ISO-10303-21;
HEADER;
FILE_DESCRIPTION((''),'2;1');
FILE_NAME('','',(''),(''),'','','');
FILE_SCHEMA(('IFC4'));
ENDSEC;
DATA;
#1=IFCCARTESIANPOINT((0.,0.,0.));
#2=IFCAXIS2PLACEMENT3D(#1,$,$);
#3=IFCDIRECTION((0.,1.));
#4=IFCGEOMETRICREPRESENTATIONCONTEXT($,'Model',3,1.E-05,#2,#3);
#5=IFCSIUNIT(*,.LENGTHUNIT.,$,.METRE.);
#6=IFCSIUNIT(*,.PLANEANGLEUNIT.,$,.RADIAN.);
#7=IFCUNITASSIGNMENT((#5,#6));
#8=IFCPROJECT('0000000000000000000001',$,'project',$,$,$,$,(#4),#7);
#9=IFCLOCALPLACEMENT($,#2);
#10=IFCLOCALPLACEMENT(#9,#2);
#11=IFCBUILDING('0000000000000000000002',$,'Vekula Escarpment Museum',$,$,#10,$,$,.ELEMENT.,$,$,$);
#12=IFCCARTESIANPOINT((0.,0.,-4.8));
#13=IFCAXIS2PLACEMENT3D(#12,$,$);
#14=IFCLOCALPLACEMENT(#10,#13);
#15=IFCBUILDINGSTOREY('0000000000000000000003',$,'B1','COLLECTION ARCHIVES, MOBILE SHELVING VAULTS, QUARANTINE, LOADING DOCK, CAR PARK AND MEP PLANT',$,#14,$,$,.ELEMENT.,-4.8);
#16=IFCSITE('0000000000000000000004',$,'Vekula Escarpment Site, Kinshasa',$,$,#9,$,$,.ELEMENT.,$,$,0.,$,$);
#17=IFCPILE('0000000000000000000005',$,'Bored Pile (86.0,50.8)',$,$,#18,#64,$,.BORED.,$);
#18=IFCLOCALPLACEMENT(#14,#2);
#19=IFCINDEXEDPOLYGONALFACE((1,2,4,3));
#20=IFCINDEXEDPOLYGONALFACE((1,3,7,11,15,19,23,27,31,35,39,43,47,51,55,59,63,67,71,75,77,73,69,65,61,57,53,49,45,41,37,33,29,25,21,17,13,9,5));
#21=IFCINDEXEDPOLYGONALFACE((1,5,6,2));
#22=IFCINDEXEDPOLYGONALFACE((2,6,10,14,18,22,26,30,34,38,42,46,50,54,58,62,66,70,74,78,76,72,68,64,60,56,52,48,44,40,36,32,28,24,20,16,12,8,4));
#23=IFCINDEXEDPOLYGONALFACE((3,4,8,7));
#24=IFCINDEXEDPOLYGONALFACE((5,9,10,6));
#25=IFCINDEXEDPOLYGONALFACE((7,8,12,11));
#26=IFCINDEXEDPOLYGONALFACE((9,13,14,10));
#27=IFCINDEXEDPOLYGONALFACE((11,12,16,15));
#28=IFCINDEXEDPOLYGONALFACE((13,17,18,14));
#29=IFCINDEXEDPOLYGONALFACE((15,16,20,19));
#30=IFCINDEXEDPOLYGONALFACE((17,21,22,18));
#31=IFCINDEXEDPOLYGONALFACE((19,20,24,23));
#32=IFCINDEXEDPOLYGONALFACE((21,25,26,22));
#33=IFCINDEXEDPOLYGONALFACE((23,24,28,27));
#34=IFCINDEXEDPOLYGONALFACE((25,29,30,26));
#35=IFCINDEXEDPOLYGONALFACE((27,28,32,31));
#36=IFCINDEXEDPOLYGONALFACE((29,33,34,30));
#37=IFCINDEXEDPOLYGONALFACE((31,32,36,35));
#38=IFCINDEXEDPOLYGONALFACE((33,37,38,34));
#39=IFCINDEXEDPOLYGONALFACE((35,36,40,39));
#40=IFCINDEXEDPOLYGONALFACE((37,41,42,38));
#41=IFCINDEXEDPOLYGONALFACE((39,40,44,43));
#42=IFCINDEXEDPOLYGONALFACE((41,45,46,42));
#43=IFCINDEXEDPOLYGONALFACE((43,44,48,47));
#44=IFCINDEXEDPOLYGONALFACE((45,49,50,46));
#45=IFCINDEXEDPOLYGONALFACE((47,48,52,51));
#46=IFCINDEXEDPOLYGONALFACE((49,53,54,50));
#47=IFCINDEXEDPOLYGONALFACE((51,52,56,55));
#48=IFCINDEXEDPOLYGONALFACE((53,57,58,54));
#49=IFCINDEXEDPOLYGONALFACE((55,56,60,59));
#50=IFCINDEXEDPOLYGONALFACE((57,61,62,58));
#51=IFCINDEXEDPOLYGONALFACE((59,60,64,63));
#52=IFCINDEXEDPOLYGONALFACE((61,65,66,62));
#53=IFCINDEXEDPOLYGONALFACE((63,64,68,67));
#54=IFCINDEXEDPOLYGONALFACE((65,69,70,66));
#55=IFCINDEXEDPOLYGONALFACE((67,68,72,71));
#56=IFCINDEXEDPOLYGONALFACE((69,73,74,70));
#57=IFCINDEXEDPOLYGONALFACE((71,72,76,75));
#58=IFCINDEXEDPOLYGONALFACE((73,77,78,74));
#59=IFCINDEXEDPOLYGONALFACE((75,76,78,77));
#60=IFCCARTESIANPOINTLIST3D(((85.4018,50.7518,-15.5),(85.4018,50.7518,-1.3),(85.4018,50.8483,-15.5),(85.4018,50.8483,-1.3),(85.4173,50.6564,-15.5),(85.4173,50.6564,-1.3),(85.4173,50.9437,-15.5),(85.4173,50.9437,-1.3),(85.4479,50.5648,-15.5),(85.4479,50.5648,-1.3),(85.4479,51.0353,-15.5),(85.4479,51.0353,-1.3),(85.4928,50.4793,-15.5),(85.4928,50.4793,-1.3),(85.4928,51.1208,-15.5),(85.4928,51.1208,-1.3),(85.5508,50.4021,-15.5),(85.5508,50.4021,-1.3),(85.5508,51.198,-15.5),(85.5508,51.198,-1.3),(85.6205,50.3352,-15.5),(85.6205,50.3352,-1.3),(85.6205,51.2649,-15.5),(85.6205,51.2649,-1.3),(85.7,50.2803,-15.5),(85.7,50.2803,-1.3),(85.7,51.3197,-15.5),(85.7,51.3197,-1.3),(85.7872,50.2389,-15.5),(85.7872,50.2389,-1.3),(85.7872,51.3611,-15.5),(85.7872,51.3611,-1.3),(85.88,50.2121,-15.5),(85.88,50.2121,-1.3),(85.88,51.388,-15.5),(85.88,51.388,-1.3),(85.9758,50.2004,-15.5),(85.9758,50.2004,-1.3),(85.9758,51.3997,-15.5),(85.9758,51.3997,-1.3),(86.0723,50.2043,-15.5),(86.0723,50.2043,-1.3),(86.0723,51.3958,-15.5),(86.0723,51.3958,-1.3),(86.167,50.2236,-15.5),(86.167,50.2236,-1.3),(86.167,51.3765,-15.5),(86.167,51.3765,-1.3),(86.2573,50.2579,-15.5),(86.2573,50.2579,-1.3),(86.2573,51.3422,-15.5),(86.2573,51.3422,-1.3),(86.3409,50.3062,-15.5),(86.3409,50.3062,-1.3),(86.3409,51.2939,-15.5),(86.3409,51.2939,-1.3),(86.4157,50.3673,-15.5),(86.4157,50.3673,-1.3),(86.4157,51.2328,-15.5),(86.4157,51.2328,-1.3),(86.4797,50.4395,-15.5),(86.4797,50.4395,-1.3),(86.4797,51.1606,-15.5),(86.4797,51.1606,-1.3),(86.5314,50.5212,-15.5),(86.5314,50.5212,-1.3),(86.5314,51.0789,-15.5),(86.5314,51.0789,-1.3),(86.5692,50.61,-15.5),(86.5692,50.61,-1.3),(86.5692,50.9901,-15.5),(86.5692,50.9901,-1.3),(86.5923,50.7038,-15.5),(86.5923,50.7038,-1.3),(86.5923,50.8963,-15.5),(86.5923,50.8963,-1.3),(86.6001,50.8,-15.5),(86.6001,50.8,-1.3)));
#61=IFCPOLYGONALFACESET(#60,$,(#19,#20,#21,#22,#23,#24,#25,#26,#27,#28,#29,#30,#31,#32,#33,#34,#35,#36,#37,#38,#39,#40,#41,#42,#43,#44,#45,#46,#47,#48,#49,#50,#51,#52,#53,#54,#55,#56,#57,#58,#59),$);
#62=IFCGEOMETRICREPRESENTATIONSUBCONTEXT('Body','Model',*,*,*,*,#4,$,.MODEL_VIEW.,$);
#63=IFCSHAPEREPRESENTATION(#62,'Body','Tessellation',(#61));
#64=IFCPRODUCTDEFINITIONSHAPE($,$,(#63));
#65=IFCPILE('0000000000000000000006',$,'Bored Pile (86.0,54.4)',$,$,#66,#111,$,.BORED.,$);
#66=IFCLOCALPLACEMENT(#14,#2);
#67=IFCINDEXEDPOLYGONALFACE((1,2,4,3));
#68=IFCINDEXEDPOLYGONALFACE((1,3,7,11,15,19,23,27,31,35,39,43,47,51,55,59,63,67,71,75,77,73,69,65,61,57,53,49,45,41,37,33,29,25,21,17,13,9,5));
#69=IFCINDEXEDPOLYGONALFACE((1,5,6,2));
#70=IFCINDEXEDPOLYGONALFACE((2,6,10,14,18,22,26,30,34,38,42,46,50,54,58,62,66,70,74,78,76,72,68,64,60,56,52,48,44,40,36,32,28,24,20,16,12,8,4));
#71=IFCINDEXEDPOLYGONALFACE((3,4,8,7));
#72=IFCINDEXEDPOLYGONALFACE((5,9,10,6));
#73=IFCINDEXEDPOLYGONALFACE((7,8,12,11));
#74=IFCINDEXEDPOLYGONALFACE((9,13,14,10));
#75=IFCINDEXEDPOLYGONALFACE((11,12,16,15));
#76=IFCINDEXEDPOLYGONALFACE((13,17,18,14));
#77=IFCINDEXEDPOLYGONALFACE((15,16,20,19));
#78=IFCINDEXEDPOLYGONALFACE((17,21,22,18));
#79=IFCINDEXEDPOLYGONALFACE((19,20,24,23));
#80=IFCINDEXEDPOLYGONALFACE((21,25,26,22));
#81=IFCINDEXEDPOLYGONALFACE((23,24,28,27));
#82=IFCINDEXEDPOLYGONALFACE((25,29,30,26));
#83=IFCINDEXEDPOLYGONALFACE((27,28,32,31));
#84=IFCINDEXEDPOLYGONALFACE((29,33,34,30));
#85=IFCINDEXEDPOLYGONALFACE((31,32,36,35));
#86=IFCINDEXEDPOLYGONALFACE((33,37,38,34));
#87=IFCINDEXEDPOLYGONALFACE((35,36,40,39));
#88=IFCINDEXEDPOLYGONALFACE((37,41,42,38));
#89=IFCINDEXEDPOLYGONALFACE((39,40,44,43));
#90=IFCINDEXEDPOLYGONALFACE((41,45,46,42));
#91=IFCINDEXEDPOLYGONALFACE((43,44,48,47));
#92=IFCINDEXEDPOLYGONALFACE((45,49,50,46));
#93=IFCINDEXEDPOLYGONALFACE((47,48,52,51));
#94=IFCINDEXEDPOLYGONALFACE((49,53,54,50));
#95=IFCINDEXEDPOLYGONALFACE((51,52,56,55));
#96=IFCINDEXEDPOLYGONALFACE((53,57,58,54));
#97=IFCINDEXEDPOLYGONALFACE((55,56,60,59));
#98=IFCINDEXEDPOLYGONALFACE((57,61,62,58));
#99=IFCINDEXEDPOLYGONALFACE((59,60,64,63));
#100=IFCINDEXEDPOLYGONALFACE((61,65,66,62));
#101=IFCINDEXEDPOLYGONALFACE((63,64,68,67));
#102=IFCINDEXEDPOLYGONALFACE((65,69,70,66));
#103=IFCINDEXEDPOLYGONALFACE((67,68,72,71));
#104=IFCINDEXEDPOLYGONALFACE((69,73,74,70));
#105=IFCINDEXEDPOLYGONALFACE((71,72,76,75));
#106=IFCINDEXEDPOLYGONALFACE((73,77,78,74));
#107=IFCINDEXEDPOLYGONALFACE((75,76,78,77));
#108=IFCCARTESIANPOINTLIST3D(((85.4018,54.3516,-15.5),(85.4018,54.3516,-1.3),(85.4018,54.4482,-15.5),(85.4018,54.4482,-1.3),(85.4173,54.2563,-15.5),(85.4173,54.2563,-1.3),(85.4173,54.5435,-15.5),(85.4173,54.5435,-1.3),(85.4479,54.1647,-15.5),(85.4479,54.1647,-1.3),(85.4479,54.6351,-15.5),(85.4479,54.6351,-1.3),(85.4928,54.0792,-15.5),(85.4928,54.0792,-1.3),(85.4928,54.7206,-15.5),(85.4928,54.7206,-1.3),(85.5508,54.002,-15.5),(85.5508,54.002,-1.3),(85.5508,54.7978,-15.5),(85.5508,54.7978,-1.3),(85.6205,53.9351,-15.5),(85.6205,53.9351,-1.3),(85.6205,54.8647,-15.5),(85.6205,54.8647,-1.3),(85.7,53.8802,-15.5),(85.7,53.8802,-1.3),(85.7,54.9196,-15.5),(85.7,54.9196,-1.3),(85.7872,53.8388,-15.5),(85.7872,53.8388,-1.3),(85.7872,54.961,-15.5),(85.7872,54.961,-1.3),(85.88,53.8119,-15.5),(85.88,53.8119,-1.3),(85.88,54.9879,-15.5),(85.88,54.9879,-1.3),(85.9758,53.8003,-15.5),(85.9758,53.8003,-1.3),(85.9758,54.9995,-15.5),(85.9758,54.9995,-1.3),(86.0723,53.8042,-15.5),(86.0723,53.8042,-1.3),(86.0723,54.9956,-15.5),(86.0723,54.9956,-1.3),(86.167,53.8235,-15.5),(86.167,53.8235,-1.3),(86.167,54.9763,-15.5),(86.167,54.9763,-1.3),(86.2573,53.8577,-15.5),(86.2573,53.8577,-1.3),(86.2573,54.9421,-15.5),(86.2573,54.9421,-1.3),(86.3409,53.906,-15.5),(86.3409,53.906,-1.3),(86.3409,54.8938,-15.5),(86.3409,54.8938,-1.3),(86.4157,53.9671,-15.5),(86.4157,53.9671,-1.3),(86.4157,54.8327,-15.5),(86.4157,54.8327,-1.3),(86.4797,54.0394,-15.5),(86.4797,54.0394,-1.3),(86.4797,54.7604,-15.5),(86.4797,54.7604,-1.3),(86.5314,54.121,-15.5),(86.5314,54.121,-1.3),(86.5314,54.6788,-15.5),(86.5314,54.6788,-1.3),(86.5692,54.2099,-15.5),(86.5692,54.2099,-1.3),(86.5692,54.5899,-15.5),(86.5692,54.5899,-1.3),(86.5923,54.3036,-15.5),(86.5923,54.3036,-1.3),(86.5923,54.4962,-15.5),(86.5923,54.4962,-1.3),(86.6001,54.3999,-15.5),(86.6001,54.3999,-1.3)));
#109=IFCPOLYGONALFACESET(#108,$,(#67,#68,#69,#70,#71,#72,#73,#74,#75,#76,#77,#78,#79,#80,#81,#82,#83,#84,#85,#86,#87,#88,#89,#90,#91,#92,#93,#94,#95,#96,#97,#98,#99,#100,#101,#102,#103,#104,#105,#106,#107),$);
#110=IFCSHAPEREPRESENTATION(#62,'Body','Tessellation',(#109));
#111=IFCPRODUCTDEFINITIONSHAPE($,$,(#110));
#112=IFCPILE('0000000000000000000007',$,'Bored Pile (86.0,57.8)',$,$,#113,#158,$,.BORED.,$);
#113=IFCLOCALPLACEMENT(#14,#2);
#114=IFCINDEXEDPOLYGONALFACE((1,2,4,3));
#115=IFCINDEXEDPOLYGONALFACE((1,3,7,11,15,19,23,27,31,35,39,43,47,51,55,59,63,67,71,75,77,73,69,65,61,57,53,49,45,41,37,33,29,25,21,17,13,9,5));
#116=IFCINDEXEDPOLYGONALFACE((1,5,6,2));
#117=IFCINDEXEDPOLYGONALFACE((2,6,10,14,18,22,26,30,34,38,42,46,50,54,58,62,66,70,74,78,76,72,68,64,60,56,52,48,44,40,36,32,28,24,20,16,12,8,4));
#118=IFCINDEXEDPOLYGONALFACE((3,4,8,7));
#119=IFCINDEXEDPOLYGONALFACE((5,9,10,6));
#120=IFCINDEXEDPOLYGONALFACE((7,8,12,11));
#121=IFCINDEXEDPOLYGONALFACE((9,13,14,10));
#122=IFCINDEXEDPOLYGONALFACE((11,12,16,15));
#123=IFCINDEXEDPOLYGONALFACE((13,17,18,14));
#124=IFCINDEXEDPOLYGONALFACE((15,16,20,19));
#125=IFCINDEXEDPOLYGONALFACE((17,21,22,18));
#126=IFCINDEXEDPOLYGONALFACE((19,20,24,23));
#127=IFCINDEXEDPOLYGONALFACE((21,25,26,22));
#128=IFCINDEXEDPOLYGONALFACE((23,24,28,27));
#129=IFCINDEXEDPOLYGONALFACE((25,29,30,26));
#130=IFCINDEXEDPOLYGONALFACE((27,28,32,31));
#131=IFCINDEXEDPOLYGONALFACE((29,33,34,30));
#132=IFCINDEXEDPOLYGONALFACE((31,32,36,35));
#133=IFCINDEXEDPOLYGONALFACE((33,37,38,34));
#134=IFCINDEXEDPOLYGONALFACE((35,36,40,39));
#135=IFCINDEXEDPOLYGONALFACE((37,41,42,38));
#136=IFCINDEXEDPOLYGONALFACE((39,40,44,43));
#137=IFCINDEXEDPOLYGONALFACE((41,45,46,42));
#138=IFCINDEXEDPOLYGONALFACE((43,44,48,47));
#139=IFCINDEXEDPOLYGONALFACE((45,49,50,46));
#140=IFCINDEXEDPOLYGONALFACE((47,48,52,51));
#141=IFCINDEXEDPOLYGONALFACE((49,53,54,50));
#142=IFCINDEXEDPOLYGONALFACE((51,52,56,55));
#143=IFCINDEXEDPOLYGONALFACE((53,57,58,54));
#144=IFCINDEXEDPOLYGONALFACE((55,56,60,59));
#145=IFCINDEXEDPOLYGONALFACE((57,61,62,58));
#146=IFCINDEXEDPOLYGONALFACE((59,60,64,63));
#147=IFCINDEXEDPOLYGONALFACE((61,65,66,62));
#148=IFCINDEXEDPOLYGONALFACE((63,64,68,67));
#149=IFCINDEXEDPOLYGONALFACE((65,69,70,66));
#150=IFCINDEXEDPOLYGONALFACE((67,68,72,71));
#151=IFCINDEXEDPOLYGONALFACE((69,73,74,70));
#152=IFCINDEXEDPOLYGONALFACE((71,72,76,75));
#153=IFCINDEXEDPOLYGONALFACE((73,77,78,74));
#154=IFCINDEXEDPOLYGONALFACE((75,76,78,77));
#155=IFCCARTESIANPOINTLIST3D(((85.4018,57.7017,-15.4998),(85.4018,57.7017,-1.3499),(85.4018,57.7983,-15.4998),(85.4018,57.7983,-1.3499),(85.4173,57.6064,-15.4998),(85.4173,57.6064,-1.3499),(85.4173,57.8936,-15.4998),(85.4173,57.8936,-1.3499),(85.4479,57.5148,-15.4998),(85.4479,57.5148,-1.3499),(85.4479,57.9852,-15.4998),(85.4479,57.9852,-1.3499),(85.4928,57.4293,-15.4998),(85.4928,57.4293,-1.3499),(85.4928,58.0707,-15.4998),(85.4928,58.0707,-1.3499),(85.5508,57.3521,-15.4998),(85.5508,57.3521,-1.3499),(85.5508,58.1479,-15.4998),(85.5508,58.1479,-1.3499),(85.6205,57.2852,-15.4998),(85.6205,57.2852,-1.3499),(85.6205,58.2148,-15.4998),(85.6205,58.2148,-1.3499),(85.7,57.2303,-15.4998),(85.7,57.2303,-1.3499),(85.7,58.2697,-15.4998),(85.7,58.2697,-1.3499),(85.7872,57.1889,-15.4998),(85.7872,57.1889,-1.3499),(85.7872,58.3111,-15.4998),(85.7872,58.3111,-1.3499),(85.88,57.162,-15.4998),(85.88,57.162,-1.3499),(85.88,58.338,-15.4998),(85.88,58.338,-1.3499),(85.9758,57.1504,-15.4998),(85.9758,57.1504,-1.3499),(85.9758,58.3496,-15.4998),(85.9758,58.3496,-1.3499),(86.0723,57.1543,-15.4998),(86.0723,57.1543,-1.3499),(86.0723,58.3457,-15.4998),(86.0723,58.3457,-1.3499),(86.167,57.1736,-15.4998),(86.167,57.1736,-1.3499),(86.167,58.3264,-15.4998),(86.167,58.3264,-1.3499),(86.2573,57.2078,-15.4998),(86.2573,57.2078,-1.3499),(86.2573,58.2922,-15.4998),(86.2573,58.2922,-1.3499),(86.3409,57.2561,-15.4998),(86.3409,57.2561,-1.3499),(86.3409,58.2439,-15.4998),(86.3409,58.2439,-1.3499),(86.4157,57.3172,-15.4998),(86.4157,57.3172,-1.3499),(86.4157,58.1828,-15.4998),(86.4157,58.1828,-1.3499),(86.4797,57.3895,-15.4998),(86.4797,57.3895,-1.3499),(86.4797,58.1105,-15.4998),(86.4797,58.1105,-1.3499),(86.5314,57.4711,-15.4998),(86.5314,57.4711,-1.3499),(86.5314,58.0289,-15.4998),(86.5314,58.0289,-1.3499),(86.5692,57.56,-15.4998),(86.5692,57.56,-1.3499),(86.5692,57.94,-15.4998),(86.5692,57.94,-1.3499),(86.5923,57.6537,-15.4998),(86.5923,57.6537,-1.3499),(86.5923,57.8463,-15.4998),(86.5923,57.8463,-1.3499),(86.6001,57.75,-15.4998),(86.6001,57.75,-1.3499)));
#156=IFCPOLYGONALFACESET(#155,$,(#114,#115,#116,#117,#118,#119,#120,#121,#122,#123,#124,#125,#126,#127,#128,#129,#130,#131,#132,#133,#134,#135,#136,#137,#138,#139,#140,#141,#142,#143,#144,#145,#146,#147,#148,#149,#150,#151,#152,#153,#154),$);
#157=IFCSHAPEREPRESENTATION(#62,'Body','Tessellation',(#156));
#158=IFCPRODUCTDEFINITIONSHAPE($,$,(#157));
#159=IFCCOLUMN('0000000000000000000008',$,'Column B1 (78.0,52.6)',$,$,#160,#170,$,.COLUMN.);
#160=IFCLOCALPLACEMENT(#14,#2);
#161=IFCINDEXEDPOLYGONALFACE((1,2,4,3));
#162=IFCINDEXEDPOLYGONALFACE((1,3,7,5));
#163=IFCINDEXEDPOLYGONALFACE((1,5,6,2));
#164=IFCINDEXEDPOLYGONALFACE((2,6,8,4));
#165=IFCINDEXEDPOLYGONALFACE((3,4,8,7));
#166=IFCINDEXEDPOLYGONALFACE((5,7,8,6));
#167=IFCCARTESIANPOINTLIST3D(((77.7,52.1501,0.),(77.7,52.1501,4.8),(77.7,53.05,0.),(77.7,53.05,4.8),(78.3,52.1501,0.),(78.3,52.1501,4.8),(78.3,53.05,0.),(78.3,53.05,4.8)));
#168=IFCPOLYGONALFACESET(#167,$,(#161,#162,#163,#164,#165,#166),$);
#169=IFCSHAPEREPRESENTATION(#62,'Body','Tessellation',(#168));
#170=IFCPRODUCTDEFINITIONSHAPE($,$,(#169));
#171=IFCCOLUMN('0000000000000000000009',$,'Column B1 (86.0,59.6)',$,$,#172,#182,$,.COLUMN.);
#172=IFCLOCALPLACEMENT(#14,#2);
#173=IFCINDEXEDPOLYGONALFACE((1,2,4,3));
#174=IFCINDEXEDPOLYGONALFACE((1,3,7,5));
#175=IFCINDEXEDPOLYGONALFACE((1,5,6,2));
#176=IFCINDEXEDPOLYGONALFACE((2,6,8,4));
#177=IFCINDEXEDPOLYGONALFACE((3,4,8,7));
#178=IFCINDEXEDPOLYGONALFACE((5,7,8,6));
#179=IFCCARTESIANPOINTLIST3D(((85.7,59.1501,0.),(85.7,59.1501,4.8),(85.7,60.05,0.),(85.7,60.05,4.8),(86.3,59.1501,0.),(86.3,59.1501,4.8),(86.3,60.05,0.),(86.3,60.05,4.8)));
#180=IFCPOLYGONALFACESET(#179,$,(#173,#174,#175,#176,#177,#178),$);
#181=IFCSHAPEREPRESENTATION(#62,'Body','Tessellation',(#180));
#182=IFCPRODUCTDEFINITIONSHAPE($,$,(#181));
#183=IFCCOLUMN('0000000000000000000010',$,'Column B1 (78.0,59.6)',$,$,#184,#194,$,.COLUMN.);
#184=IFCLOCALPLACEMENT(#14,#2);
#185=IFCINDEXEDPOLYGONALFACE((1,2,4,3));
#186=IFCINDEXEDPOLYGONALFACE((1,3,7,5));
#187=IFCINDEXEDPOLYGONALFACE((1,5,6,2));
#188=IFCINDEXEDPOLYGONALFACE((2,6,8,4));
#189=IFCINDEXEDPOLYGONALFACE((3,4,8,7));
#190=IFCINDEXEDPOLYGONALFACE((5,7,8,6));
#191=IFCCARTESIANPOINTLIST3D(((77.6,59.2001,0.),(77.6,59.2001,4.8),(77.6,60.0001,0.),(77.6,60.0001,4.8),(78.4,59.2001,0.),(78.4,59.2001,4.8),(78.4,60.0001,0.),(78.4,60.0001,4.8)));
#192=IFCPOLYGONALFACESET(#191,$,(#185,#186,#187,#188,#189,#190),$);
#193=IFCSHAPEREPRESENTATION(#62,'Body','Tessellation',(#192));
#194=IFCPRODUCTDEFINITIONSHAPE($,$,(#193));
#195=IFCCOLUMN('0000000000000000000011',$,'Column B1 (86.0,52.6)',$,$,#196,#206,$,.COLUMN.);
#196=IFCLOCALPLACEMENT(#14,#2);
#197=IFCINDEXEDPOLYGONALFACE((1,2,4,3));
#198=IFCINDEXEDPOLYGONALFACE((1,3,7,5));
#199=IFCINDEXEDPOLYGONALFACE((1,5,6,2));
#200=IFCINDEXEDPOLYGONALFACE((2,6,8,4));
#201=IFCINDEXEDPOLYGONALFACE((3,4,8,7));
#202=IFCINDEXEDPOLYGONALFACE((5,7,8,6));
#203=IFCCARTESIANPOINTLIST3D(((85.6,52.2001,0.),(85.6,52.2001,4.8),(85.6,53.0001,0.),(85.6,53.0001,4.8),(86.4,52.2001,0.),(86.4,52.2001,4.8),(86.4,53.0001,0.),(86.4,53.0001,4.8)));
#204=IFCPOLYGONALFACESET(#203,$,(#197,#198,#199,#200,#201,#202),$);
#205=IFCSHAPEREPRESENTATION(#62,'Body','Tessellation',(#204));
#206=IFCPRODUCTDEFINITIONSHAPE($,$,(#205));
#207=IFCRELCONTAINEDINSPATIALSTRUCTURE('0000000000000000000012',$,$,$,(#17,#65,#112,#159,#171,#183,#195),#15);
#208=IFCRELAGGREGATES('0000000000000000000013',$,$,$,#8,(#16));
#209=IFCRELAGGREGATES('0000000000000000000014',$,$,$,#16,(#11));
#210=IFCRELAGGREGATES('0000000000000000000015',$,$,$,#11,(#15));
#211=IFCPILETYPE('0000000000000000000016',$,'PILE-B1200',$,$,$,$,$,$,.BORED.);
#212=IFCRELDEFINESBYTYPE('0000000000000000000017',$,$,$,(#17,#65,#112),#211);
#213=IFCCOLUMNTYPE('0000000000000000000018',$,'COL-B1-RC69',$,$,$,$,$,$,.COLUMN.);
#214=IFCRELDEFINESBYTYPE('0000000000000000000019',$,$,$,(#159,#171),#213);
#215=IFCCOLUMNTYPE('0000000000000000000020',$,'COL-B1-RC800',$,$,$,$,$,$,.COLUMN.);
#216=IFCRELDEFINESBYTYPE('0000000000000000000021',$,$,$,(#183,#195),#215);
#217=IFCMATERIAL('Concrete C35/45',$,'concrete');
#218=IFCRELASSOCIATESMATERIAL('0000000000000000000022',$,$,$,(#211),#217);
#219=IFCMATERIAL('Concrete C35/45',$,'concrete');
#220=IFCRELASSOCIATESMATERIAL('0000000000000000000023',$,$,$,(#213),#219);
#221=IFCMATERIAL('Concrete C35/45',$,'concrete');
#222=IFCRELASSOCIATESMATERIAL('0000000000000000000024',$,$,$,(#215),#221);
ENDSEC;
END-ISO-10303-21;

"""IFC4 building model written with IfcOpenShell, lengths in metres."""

from ifc_helpers import new_model, si_unit, direction, frame, origin, origin_2d, place, context, subcontext, project, spatial, rectangle, circle, extrude, material, material_profile, profile_set, type_object, element, save


model = new_model("IFC4")

# Units and contexts
model_context = context("Model", 3, precision=1e-05, world=origin(), true_north=direction((0.0, 1.0)))
body_context = subcontext(model_context, "Body", "Model", "MODEL_VIEW")
ifc_project = project(units=[si_unit("LENGTHUNIT", "METRE"), si_unit("PLANEANGLEUNIT", "RADIAN")], contexts=[model_context])

# Site, building, storey
site_placement = place(None, origin())
site = spatial("IfcSite", under=ifc_project, at=site_placement, Name="Vekula Escarpment Site, Kinshasa", CompositionType="ELEMENT", RefElevation=0.0)
building_placement = place(site_placement, origin())
building = spatial("IfcBuilding", under=site, at=building_placement, Name="Vekula Escarpment Museum", CompositionType="ELEMENT")
storey_placement = place(building_placement, frame((0.0, 0.0, -4.8)))
storey = spatial("IfcBuildingStorey", under=building, at=storey_placement, Name="B1", Description="COLLECTION ARCHIVES, MOBILE SHELVING VAULTS, QUARANTINE, LOADING DOCK, CAR PARK AND MEP PLANT", CompositionType="ELEMENT", Elevation=-4.8)

# Piles
ifc_material_1 = material(Name="Concrete C35/45", Category="concrete")
ifc_material_profile_1 = material_profile(ifc_material_1, circle(Radius=0.6001, at=origin_2d()), Name="BORED PILE 1200")
ifc_profile_set_1 = profile_set([ifc_material_profile_1], Name="Concrete C35/45")
pile_type = type_object("IfcPileType", Name="PILE-B1200", PredefinedType="BORED", material=ifc_profile_set_1)
for number, where, z_axis, x_axis, name in (
    (1, (86.0, 50.8, -1.3), (0.0, 0.0, -1.0), (1.0, 0.0, 0.0), "Bored Pile (86.0,50.8)"),
    (2, (86.0, 54.3999, -1.3), (0.0, 0.0, -1.0), (1.0, 0.0, 0.0), "Bored Pile (86.0,54.4)"),
):
    element("IfcPile", number, at=place(storey_placement, frame(where, z_axis=z_axis, x_axis=x_axis)), inside=storey, type_object=pile_type, Name=name, PredefinedType="BORED", context=body_context, shape_type="SweptSolid", body=[
        extrude(circle(Radius=0.6001, at=origin_2d()), origin(), (0.0, 0.0, 1.0), 14.2),
    ])
pile_1_placement = place(storey_placement, frame((86.0, 57.75, -1.3499), z_axis=(0.0, 0.0, -1.0), x_axis=(1.0, 0.0, 0.0)))
element("IfcPile", 3, at=pile_1_placement, inside=storey, type_object=pile_type, Name="Bored Pile (86.0,57.8)", PredefinedType="BORED", context=body_context, shape_type="SweptSolid", body=[
    extrude(circle(Radius=0.6001, at=origin_2d()), origin(), (0.0, 0.0, 1.0), 14.1499),
])

# Columns
ifc_material_2 = material(Name="Concrete C35/45", Category="concrete")
ifc_material_profile_2 = material_profile(ifc_material_2, rectangle(XDim=0.6001, YDim=0.8999, at=origin_2d()), Name="RC 600x900")
ifc_profile_set_2 = profile_set([ifc_material_profile_2], Name="Concrete C35/45")
column_type_1 = type_object("IfcColumnType", Name="COL-B1-RC69", PredefinedType="COLUMN", material=ifc_profile_set_2)
for number, where, z_axis, x_axis, name in (
    (4, (78.0, 52.6001, 0.0), (0.0, 0.0, 1.0), (1.0, 0.0, 0.0), "Column B1 (78.0,52.6)"),
    (5, (86.0, 59.6001, 0.0), (0.0, 0.0, 1.0), (1.0, 0.0, 0.0), "Column B1 (86.0,59.6)"),
):
    element("IfcColumn", number, at=place(storey_placement, frame(where, z_axis=z_axis, x_axis=x_axis)), inside=storey, type_object=column_type_1, Name=name, PredefinedType="COLUMN", context=body_context, shape_type="SweptSolid", body=[
        extrude(rectangle(XDim=0.6001, YDim=0.8999, at=origin_2d()), origin(), (0.0, 0.0, 1.0), 4.8),
    ])
ifc_material_3 = material(Name="Concrete C35/45", Category="concrete")
ifc_material_profile_3 = material_profile(ifc_material_3, rectangle(XDim=0.8, YDim=0.8, at=origin_2d()), Name="RC 800x800")
ifc_profile_set_3 = profile_set([ifc_material_profile_3], Name="Concrete C35/45")
column_type_2 = type_object("IfcColumnType", Name="COL-B1-RC800", PredefinedType="COLUMN", material=ifc_profile_set_3)
for number, where, z_axis, x_axis, name in (
    (6, (78.0, 59.6001, 0.0), (0.0, 0.0, 1.0), (1.0, 0.0, 0.0), "Column B1 (78.0,59.6)"),
    (7, (86.0, 52.6001, 0.0), (0.0, 0.0, 1.0), (1.0, 0.0, 0.0), "Column B1 (86.0,52.6)"),
):
    element("IfcColumn", number, at=place(storey_placement, frame(where, z_axis=z_axis, x_axis=x_axis)), inside=storey, type_object=column_type_2, Name=name, PredefinedType="COLUMN", context=body_context, shape_type="SweptSolid", body=[
        extrude(rectangle(XDim=0.8, YDim=0.8, at=origin_2d()), origin(), (0.0, 0.0, 1.0), 4.8),
    ])

save(model, "model.ifc")
